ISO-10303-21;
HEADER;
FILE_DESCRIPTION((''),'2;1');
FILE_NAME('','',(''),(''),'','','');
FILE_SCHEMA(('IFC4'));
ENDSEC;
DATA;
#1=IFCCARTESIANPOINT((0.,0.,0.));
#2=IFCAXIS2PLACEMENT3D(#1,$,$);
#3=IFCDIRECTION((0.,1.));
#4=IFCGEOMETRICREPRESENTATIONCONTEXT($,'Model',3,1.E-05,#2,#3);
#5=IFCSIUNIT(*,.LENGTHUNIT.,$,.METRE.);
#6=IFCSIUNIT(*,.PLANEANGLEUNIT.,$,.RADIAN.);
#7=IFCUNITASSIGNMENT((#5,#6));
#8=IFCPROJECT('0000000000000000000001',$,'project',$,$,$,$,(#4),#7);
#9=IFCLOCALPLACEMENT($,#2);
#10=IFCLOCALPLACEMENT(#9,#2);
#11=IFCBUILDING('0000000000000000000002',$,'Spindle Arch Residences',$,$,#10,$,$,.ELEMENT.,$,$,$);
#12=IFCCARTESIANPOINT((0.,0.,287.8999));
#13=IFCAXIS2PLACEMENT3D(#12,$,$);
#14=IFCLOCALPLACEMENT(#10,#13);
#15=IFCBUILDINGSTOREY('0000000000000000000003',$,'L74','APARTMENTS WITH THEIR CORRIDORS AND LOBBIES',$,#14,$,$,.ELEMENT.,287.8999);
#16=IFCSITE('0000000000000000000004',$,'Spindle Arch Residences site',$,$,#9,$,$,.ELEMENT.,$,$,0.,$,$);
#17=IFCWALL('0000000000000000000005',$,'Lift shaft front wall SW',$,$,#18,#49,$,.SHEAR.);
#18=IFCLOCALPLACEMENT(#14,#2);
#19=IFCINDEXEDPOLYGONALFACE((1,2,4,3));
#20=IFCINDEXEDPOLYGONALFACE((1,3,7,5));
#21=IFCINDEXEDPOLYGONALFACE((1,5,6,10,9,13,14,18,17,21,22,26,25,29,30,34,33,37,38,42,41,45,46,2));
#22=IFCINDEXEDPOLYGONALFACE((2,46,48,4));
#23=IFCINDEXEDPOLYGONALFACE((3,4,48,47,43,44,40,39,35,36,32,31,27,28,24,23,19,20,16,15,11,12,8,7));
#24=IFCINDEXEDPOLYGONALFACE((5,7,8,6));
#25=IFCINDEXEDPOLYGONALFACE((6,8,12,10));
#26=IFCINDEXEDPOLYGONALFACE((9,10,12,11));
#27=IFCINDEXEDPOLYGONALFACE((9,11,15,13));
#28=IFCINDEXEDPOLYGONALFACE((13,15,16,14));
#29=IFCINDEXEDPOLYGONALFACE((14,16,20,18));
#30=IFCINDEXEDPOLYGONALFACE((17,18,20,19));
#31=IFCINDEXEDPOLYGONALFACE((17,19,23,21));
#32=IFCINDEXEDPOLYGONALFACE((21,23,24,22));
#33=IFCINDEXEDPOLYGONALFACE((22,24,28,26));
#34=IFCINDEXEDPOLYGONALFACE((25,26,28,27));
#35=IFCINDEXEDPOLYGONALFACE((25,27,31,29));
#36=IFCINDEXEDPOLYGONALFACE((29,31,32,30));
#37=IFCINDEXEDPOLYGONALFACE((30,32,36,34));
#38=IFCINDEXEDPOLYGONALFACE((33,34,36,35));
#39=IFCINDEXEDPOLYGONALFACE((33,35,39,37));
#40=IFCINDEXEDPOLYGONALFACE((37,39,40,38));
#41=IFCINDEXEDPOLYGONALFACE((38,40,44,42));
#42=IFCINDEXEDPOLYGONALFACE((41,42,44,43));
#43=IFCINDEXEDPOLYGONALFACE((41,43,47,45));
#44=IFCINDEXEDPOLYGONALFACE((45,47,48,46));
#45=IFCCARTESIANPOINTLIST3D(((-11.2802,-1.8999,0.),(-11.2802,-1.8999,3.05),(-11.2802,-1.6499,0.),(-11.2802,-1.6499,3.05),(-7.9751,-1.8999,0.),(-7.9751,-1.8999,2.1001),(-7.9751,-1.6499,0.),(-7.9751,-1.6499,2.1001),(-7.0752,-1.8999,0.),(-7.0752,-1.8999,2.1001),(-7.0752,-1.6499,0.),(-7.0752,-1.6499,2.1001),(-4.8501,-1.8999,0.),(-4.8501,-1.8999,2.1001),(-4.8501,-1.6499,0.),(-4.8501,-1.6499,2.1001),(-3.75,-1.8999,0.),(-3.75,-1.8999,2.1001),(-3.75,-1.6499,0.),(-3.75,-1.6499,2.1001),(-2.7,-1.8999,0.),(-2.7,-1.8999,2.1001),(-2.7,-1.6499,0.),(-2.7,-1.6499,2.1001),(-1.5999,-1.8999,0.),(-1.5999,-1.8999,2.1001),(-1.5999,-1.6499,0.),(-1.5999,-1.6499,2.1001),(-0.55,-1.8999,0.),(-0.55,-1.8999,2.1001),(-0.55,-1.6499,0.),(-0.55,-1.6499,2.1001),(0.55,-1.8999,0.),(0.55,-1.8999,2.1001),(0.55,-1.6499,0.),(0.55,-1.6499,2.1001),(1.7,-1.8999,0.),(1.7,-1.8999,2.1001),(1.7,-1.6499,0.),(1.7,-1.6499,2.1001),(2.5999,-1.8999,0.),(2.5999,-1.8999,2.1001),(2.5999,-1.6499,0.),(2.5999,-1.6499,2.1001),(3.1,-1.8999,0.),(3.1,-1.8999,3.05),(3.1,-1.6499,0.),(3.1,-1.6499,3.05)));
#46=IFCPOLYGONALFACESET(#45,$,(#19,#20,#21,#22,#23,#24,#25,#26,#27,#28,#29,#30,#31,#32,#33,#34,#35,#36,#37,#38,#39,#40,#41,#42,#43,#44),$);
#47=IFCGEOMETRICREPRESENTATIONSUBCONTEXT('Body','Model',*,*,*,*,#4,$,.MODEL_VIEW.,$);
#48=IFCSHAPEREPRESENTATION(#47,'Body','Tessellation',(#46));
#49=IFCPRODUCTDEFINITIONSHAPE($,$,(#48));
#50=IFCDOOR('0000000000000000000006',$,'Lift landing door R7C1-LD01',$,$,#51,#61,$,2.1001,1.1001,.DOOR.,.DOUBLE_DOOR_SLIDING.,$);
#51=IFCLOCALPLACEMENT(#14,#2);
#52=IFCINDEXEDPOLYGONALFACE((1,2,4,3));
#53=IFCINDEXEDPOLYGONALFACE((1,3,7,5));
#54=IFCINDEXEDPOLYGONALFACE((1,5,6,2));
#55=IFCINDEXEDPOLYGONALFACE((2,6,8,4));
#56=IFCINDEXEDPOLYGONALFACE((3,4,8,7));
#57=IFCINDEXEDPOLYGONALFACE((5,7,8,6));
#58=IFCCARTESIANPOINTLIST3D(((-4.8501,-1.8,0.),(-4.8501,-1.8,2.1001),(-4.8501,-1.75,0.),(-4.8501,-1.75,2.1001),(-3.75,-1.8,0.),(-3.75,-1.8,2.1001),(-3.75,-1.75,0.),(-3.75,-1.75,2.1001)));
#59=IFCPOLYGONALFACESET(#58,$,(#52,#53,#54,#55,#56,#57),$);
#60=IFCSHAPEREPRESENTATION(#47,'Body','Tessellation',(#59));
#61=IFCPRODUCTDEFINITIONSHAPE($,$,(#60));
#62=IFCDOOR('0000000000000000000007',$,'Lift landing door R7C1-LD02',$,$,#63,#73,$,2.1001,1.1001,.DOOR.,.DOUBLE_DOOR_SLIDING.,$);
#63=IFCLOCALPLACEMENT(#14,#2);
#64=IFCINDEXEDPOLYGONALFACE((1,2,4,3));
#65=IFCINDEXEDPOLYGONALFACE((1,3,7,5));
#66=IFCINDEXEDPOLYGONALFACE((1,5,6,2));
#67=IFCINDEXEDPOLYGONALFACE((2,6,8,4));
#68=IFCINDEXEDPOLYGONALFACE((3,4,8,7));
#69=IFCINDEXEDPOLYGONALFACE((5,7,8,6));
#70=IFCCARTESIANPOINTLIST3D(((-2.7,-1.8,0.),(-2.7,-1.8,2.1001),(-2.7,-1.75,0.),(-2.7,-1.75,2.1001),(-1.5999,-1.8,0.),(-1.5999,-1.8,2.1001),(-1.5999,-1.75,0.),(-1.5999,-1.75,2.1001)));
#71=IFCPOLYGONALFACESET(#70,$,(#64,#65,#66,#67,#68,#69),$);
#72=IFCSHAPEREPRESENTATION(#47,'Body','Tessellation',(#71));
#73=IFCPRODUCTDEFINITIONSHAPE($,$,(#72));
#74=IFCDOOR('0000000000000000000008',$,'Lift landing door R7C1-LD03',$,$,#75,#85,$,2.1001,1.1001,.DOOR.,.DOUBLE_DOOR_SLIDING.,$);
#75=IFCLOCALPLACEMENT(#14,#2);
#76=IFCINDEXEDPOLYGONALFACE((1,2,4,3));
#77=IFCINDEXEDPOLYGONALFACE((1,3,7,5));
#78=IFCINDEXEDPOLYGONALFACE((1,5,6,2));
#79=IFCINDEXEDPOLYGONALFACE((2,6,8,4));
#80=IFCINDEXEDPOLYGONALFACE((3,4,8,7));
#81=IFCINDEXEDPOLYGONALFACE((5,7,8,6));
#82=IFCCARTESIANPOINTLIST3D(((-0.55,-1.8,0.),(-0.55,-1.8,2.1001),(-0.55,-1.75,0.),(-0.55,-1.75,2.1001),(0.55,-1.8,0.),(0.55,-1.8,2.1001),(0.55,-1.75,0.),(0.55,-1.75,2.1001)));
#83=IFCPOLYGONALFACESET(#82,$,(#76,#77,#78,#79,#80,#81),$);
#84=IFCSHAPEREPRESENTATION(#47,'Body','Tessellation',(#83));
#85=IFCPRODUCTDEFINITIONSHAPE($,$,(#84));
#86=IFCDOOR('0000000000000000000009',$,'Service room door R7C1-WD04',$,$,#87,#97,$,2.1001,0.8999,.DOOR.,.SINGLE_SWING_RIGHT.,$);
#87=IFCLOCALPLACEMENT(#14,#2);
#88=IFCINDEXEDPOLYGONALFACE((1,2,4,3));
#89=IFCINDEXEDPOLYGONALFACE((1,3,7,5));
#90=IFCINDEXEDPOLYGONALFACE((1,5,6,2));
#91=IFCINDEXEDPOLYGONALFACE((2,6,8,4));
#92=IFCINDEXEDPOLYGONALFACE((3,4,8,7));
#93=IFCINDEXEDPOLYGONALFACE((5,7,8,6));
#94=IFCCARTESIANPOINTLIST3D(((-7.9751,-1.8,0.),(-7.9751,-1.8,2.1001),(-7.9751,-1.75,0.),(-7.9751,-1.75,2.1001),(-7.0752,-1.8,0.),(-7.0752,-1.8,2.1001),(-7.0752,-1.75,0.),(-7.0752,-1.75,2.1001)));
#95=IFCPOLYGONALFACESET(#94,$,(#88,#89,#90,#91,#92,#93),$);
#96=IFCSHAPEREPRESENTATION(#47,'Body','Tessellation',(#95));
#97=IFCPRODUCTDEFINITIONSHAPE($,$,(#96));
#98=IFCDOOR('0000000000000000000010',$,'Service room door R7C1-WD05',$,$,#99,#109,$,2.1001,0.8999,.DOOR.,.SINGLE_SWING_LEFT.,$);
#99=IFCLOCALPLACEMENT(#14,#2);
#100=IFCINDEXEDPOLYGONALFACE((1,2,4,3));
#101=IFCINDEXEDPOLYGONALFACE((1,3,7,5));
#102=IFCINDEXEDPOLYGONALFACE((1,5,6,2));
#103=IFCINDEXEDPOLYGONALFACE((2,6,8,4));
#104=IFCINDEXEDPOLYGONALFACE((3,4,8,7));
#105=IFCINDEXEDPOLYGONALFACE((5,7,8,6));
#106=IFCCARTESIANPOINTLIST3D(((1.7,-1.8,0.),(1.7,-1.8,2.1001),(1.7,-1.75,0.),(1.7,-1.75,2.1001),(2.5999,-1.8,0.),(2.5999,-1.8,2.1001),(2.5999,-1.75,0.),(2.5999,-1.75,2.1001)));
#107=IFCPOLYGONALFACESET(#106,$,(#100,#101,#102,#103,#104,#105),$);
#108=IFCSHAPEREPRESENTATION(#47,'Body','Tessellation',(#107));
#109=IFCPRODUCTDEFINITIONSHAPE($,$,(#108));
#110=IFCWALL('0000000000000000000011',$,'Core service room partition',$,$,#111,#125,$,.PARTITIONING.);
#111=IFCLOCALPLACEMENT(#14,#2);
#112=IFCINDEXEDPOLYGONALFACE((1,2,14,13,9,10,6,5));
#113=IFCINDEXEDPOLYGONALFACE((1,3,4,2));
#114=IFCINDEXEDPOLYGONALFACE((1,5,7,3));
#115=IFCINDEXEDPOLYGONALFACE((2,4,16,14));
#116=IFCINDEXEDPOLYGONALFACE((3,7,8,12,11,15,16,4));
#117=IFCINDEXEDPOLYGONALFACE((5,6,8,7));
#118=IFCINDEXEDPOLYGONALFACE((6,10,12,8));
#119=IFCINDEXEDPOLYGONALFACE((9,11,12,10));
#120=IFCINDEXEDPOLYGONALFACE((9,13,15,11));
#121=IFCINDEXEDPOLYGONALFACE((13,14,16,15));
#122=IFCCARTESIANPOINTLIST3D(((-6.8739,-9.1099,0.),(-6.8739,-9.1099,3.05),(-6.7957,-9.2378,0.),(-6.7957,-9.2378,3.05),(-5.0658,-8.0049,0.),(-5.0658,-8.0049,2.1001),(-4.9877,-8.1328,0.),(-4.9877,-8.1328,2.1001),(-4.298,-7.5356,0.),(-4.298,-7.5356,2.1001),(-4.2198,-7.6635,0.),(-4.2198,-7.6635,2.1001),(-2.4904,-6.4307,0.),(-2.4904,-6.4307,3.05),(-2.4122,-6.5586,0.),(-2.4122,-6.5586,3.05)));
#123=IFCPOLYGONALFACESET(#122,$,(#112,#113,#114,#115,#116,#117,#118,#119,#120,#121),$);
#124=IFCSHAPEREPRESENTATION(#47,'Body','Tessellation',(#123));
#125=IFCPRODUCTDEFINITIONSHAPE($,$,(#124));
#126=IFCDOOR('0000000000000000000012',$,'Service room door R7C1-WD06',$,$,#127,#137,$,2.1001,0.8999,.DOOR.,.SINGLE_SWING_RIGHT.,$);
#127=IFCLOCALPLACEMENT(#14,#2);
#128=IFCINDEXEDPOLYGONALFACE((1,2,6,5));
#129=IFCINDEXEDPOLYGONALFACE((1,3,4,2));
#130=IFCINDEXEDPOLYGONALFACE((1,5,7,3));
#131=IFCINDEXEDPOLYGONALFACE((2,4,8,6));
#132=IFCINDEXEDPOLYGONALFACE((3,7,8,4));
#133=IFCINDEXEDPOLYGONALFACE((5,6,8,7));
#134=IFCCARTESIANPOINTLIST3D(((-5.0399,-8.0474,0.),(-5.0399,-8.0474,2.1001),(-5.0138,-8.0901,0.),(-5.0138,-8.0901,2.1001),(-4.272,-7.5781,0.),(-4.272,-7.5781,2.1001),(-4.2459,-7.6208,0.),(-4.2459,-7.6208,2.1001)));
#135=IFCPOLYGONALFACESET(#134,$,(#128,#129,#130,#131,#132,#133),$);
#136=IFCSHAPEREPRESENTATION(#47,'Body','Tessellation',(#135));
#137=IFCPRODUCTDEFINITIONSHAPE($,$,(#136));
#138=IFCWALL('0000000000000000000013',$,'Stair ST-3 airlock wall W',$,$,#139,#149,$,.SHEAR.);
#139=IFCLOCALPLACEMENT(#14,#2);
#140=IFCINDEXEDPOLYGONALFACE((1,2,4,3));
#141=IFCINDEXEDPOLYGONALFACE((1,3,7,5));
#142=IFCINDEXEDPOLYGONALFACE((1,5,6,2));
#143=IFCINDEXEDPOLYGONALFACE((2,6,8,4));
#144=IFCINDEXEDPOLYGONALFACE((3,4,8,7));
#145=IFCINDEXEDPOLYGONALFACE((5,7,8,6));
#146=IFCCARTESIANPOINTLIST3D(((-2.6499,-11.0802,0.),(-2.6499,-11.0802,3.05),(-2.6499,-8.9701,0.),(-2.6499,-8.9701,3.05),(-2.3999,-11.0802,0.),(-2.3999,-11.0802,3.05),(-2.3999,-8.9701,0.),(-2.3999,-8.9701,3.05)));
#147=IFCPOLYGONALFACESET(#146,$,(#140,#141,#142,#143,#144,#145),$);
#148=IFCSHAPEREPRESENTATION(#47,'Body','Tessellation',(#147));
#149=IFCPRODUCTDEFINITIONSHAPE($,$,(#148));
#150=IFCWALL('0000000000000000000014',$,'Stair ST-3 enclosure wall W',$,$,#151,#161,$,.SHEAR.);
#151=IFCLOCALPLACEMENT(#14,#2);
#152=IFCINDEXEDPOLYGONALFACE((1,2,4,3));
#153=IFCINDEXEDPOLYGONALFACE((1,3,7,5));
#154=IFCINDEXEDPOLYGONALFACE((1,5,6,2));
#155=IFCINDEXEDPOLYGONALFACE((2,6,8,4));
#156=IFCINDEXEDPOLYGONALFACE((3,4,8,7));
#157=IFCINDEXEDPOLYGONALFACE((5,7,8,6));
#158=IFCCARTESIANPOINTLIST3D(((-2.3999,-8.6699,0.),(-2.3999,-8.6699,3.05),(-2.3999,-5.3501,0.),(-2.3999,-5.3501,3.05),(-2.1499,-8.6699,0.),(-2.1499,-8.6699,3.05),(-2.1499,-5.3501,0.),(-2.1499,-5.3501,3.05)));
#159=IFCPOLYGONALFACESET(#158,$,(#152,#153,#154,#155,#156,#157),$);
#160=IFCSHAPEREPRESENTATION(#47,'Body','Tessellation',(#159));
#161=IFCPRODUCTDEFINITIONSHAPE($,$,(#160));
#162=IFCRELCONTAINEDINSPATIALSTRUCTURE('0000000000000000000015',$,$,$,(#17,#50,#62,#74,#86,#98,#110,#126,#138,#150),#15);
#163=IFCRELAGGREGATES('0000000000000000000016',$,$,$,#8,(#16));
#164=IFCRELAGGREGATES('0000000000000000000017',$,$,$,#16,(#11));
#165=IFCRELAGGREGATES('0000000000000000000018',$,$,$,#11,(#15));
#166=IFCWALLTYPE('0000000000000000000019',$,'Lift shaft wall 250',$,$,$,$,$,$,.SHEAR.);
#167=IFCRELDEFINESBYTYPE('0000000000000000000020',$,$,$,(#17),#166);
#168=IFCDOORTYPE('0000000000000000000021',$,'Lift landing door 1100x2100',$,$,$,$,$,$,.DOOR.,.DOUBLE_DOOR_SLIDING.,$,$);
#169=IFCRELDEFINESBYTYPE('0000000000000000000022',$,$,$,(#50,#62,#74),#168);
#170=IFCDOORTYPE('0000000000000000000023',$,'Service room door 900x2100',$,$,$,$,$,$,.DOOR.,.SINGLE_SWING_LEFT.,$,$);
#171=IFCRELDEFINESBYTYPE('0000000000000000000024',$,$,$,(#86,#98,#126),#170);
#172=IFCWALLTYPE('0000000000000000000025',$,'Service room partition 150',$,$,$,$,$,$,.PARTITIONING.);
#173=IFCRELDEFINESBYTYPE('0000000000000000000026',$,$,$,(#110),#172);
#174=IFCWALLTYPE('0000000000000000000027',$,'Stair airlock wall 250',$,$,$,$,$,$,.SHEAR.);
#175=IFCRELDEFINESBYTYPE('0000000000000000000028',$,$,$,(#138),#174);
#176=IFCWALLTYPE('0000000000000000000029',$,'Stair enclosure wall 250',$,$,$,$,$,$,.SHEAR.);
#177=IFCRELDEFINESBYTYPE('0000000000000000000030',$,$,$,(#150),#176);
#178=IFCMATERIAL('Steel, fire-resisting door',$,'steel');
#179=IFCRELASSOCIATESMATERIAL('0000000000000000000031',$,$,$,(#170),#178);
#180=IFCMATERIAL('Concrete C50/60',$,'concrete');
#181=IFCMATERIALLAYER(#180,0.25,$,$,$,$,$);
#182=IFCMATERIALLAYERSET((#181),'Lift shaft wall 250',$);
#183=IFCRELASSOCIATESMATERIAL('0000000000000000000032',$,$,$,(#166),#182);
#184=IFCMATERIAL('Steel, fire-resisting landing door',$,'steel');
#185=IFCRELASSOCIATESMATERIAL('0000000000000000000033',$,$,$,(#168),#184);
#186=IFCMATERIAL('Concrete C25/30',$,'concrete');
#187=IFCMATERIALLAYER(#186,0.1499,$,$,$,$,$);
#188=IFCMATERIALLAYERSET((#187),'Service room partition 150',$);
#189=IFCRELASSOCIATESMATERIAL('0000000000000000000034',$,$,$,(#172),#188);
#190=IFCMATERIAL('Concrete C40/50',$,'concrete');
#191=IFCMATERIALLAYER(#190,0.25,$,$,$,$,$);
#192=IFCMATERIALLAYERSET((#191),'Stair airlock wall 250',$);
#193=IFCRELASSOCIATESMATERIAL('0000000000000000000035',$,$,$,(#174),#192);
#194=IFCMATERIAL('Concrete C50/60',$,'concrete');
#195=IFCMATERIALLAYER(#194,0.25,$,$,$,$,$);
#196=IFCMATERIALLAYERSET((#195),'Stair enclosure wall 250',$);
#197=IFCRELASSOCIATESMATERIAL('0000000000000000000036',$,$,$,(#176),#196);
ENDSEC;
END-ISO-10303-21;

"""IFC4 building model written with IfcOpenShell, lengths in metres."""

from ifc_helpers import new_model, si_unit, direction, frame, frame_2d, origin, place, context, subcontext, project, spatial, rectangle, extrude, material, layer, layer_set, type_object, element, fill, save


model = new_model("IFC4")

# Units and contexts
model_context = context("Model", 3, precision=1e-05, world=origin(), true_north=direction((0.0, 1.0)))
body_context = subcontext(model_context, "Body", "Model", "MODEL_VIEW")
ifc_project = project(units=[si_unit("LENGTHUNIT", "METRE"), si_unit("PLANEANGLEUNIT", "RADIAN")], contexts=[model_context])

# Site, building, storey
site_placement = place(None, origin())
site = spatial("IfcSite", under=ifc_project, at=site_placement, Name="Spindle Arch Residences site", CompositionType="ELEMENT", RefElevation=0.0)
building_placement = place(site_placement, origin())
building = spatial("IfcBuilding", under=site, at=building_placement, Name="Spindle Arch Residences", CompositionType="ELEMENT")
storey_placement = place(building_placement, frame((0.0, 0.0, 287.8999)))
storey = spatial("IfcBuildingStorey", under=building, at=storey_placement, Name="L74", Description="APARTMENTS WITH THEIR CORRIDORS AND LOBBIES", CompositionType="ELEMENT", Elevation=287.8999)

# Shared definitions
ifc_material_1 = material(Name="Steel, fire-resisting door", Category="steel")
door_type_1 = type_object("IfcDoorType", Name="Service room door 900x2100", OperationType="SINGLE_SWING_LEFT", PredefinedType="DOOR", material=ifc_material_1)

# Wall, openings, doors
ifc_material_2 = material(Name="Concrete C50/60", Category="concrete")
ifc_layer_1 = layer(ifc_material_2, 0.25)
ifc_layer_set_1 = layer_set([ifc_layer_1], Name="Lift shaft wall 250")
wall_type_1 = type_object("IfcWallType", Name="Lift shaft wall 250", PredefinedType="SHEAR", material=ifc_layer_set_1)
wall_1_placement = place(storey_placement, frame((-11.28, -1.7749, 0.0), z_axis=(0.0, 0.0, 1.0), x_axis=(1.0, 0.0, 0.0)))
wall_1 = element("IfcWall", 1, at=wall_1_placement, inside=storey, type_object=wall_type_1, Name="Lift shaft front wall SW", PredefinedType="SHEAR", context=body_context, shape_type="SweptSolid", body=[
    extrude(rectangle(XDim=14.3801, YDim=0.25, at=frame_2d((7.1899, 0.0))), origin(), (0.0, 0.0, 1.0), 3.05),
])
opening_1_placement = place(wall_1_placement, frame((6.4299, 0.0, 0.0)))
opening_1 = element("IfcOpeningElement", 2, at=opening_1_placement, cuts=wall_1, PredefinedType="OPENING", context=body_context, shape_type="SweptSolid", body=[
    extrude(rectangle(XDim=1.1001, YDim=2.1001, at=frame_2d((0.55, 1.05))), frame((0.0, 0.135, 0.0), z_axis=(0.0, -1.0, 0.0), x_axis=(1.0, 0.0, 0.0)), (0.0, 0.0, 1.0), 0.27),
])
opening_2_placement = place(wall_1_placement, frame((8.5801, 0.0, 0.0)))
opening_2 = element("IfcOpeningElement", 3, at=opening_2_placement, cuts=wall_1, PredefinedType="OPENING", context=body_context, shape_type="SweptSolid", body=[
    extrude(rectangle(XDim=1.1001, YDim=2.1001, at=frame_2d((0.55, 1.05))), frame((0.0, 0.135, 0.0), z_axis=(0.0, -1.0, 0.0), x_axis=(1.0, 0.0, 0.0)), (0.0, 0.0, 1.0), 0.27),
])
opening_3_placement = place(wall_1_placement, frame((10.73, 0.0, 0.0)))
opening_3 = element("IfcOpeningElement", 4, at=opening_3_placement, cuts=wall_1, PredefinedType="OPENING", context=body_context, shape_type="SweptSolid", body=[
    extrude(rectangle(XDim=1.1001, YDim=2.1001, at=frame_2d((0.55, 1.05))), frame((0.0, 0.135, 0.0), z_axis=(0.0, -1.0, 0.0), x_axis=(1.0, 0.0, 0.0)), (0.0, 0.0, 1.0), 0.27),
])
opening_4_placement = place(wall_1_placement, frame((3.3049, 0.0, 0.0)))
opening_4 = element("IfcOpeningElement", 5, at=opening_4_placement, cuts=wall_1, PredefinedType="OPENING", context=body_context, shape_type="SweptSolid", body=[
    extrude(rectangle(XDim=0.8999, YDim=2.1001, at=frame_2d((0.45, 1.05))), frame((0.0, 0.135, 0.0), z_axis=(0.0, -1.0, 0.0), x_axis=(1.0, 0.0, 0.0)), (0.0, 0.0, 1.0), 0.27),
])
opening_5_placement = place(wall_1_placement, frame((12.98, 0.0, 0.0)))
opening_5 = element("IfcOpeningElement", 6, at=opening_5_placement, cuts=wall_1, PredefinedType="OPENING", context=body_context, shape_type="SweptSolid", body=[
    extrude(rectangle(XDim=0.8999, YDim=2.1001, at=frame_2d((0.45, 1.05))), frame((0.0, 0.135, 0.0), z_axis=(0.0, -1.0, 0.0), x_axis=(1.0, 0.0, 0.0)), (0.0, 0.0, 1.0), 0.27),
])
ifc_material_3 = material(Name="Steel, fire-resisting landing door", Category="steel")
door_type_2 = type_object("IfcDoorType", Name="Lift landing door 1100x2100", OperationType="DOUBLE_DOOR_SLIDING", PredefinedType="DOOR", material=ifc_material_3)
door_1_placement = place(opening_1_placement, origin())
door_1 = element("IfcDoor", 7, at=door_1_placement, inside=storey, type_object=door_type_2, Name="Lift landing door R7C1-LD01", OperationType="DOUBLE_DOOR_SLIDING", OverallHeight=2.1001, OverallWidth=1.1001, PredefinedType="DOOR", context=body_context, shape_type="SweptSolid", body=[
    extrude(rectangle(XDim=1.1001, YDim=2.1001, at=frame_2d((0.55, 1.05))), frame((0.0, 0.0249, 0.0), z_axis=(0.0, -1.0, 0.0), x_axis=(1.0, 0.0, 0.0)), (0.0, 0.0, 1.0), 0.05),
])
fill(opening_1, door_1)
door_2_placement = place(opening_2_placement, origin())
door_2 = element("IfcDoor", 8, at=door_2_placement, inside=storey, type_object=door_type_2, Name="Lift landing door R7C1-LD02", OperationType="DOUBLE_DOOR_SLIDING", OverallHeight=2.1001, OverallWidth=1.1001, PredefinedType="DOOR", context=body_context, shape_type="SweptSolid", body=[
    extrude(rectangle(XDim=1.1001, YDim=2.1001, at=frame_2d((0.55, 1.05))), frame((0.0, 0.0249, 0.0), z_axis=(0.0, -1.0, 0.0), x_axis=(1.0, 0.0, 0.0)), (0.0, 0.0, 1.0), 0.05),
])
fill(opening_2, door_2)
door_3_placement = place(opening_3_placement, origin())
door_3 = element("IfcDoor", 9, at=door_3_placement, inside=storey, type_object=door_type_2, Name="Lift landing door R7C1-LD03", OperationType="DOUBLE_DOOR_SLIDING", OverallHeight=2.1001, OverallWidth=1.1001, PredefinedType="DOOR", context=body_context, shape_type="SweptSolid", body=[
    extrude(rectangle(XDim=1.1001, YDim=2.1001, at=frame_2d((0.55, 1.05))), frame((0.0, 0.0249, 0.0), z_axis=(0.0, -1.0, 0.0), x_axis=(1.0, 0.0, 0.0)), (0.0, 0.0, 1.0), 0.05),
])
fill(opening_3, door_3)
door_4_placement = place(opening_4_placement, origin())
door_4 = element("IfcDoor", 10, at=door_4_placement, inside=storey, type_object=door_type_1, Name="Service room door R7C1-WD04", OperationType="SINGLE_SWING_RIGHT", OverallHeight=2.1001, OverallWidth=0.8999, PredefinedType="DOOR", context=body_context, shape_type="SweptSolid", body=[
    extrude(rectangle(XDim=0.8999, YDim=2.1001, at=frame_2d((0.45, 1.05))), frame((0.0, 0.0249, 0.0), z_axis=(0.0, -1.0, 0.0), x_axis=(1.0, 0.0, 0.0)), (0.0, 0.0, 1.0), 0.05),
])
fill(opening_4, door_4)
door_5_placement = place(opening_5_placement, origin())
door_5 = element("IfcDoor", 11, at=door_5_placement, inside=storey, type_object=door_type_1, Name="Service room door R7C1-WD05", OperationType="SINGLE_SWING_LEFT", OverallHeight=2.1001, OverallWidth=0.8999, PredefinedType="DOOR", context=body_context, shape_type="SweptSolid", body=[
    extrude(rectangle(XDim=0.8999, YDim=2.1001, at=frame_2d((0.45, 1.05))), frame((0.0, 0.0249, 0.0), z_axis=(0.0, -1.0, 0.0), x_axis=(1.0, 0.0, 0.0)), (0.0, 0.0, 1.0), 0.05),
])
fill(opening_5, door_5)

# Wall, opening, door
ifc_material_4 = material(Name="Concrete C25/30", Category="concrete")
ifc_layer_2 = layer(ifc_material_4, 0.1499)
ifc_layer_set_2 = layer_set([ifc_layer_2], Name="Service room partition 150")
wall_type_2 = type_object("IfcWallType", Name="Service room partition 150", PredefinedType="PARTITIONING", material=ifc_layer_set_2)
wall_2_placement = place(storey_placement, frame((-2.4512, -6.4946, 0.0), z_axis=(0.0, 0.0, 1.0), x_axis=(-0.85325, -0.521502, 0.0)))
wall_2 = element("IfcWall", 12, at=wall_2_placement, inside=storey, type_object=wall_type_2, Name="Core service room partition", PredefinedType="PARTITIONING", context=body_context, shape_type="SweptSolid", body=[
    extrude(rectangle(XDim=5.1375, YDim=0.1499, at=frame_2d((2.5688, 0.0))), origin(), (0.0, 0.0, 1.0), 3.05),
])
opening_6_placement = place(wall_2_placement, frame((2.1187, 0.0, 0.0)))
opening_6 = element("IfcOpeningElement", 13, at=opening_6_placement, cuts=wall_2, PredefinedType="OPENING", context=body_context, shape_type="SweptSolid", body=[
    extrude(rectangle(XDim=0.8999, YDim=2.1001, at=frame_2d((0.45, 1.05))), frame((0.0, 0.085, 0.0), z_axis=(0.0, -1.0, 0.0), x_axis=(1.0, 0.0, 0.0)), (0.0, 0.0, 1.0), 0.1699),
])
door_6_placement = place(opening_6_placement, origin())
door_6 = element("IfcDoor", 14, at=door_6_placement, inside=storey, type_object=door_type_1, Name="Service room door R7C1-WD06", OperationType="SINGLE_SWING_RIGHT", OverallHeight=2.1001, OverallWidth=0.8999, PredefinedType="DOOR", context=body_context, shape_type="SweptSolid", body=[
    extrude(rectangle(XDim=0.8999, YDim=2.1001, at=frame_2d((0.45, 1.05))), frame((0.0, 0.0249, 0.0), z_axis=(0.0, -1.0, 0.0), x_axis=(1.0, 0.0, 0.0)), (0.0, 0.0, 1.0), 0.05),
])
fill(opening_6, door_6)

# Walls
ifc_material_5 = material(Name="Concrete C40/50", Category="concrete")
ifc_layer_3 = layer(ifc_material_5, 0.25)
ifc_layer_set_3 = layer_set([ifc_layer_3], Name="Stair airlock wall 250")
wall_type_3 = type_object("IfcWallType", Name="Stair airlock wall 250", PredefinedType="SHEAR", material=ifc_layer_set_3)
wall_3_placement = place(storey_placement, frame((-2.5249, -8.97, 0.0), z_axis=(0.0, 0.0, 1.0), x_axis=(0.0, -1.0, 0.0)))
element("IfcWall", 15, at=wall_3_placement, inside=storey, type_object=wall_type_3, Name="Stair ST-3 airlock wall W", PredefinedType="SHEAR", context=body_context, shape_type="SweptSolid", body=[
    extrude(rectangle(XDim=2.1101, YDim=0.25, at=frame_2d((1.0552, 0.0))), origin(), (0.0, 0.0, 1.0), 3.05),
])
ifc_material_6 = material(Name="Concrete C50/60", Category="concrete")
ifc_layer_4 = layer(ifc_material_6, 0.25)
ifc_layer_set_4 = layer_set([ifc_layer_4], Name="Stair enclosure wall 250")
wall_type_4 = type_object("IfcWallType", Name="Stair enclosure wall 250", PredefinedType="SHEAR", material=ifc_layer_set_4)
wall_4_placement = place(storey_placement, frame((-2.2749, -8.6699, 0.0), z_axis=(0.0, 0.0, 1.0), x_axis=(0.0, 1.0, 0.0)))
element("IfcWall", 16, at=wall_4_placement, inside=storey, type_object=wall_type_4, Name="Stair ST-3 enclosure wall W", PredefinedType="SHEAR", context=body_context, shape_type="SweptSolid", body=[
    extrude(rectangle(XDim=3.3198, YDim=0.25, at=frame_2d((1.6599, 0.0))), origin(), (0.0, 0.0, 1.0), 3.05),
])

save(model, "model.ifc")
